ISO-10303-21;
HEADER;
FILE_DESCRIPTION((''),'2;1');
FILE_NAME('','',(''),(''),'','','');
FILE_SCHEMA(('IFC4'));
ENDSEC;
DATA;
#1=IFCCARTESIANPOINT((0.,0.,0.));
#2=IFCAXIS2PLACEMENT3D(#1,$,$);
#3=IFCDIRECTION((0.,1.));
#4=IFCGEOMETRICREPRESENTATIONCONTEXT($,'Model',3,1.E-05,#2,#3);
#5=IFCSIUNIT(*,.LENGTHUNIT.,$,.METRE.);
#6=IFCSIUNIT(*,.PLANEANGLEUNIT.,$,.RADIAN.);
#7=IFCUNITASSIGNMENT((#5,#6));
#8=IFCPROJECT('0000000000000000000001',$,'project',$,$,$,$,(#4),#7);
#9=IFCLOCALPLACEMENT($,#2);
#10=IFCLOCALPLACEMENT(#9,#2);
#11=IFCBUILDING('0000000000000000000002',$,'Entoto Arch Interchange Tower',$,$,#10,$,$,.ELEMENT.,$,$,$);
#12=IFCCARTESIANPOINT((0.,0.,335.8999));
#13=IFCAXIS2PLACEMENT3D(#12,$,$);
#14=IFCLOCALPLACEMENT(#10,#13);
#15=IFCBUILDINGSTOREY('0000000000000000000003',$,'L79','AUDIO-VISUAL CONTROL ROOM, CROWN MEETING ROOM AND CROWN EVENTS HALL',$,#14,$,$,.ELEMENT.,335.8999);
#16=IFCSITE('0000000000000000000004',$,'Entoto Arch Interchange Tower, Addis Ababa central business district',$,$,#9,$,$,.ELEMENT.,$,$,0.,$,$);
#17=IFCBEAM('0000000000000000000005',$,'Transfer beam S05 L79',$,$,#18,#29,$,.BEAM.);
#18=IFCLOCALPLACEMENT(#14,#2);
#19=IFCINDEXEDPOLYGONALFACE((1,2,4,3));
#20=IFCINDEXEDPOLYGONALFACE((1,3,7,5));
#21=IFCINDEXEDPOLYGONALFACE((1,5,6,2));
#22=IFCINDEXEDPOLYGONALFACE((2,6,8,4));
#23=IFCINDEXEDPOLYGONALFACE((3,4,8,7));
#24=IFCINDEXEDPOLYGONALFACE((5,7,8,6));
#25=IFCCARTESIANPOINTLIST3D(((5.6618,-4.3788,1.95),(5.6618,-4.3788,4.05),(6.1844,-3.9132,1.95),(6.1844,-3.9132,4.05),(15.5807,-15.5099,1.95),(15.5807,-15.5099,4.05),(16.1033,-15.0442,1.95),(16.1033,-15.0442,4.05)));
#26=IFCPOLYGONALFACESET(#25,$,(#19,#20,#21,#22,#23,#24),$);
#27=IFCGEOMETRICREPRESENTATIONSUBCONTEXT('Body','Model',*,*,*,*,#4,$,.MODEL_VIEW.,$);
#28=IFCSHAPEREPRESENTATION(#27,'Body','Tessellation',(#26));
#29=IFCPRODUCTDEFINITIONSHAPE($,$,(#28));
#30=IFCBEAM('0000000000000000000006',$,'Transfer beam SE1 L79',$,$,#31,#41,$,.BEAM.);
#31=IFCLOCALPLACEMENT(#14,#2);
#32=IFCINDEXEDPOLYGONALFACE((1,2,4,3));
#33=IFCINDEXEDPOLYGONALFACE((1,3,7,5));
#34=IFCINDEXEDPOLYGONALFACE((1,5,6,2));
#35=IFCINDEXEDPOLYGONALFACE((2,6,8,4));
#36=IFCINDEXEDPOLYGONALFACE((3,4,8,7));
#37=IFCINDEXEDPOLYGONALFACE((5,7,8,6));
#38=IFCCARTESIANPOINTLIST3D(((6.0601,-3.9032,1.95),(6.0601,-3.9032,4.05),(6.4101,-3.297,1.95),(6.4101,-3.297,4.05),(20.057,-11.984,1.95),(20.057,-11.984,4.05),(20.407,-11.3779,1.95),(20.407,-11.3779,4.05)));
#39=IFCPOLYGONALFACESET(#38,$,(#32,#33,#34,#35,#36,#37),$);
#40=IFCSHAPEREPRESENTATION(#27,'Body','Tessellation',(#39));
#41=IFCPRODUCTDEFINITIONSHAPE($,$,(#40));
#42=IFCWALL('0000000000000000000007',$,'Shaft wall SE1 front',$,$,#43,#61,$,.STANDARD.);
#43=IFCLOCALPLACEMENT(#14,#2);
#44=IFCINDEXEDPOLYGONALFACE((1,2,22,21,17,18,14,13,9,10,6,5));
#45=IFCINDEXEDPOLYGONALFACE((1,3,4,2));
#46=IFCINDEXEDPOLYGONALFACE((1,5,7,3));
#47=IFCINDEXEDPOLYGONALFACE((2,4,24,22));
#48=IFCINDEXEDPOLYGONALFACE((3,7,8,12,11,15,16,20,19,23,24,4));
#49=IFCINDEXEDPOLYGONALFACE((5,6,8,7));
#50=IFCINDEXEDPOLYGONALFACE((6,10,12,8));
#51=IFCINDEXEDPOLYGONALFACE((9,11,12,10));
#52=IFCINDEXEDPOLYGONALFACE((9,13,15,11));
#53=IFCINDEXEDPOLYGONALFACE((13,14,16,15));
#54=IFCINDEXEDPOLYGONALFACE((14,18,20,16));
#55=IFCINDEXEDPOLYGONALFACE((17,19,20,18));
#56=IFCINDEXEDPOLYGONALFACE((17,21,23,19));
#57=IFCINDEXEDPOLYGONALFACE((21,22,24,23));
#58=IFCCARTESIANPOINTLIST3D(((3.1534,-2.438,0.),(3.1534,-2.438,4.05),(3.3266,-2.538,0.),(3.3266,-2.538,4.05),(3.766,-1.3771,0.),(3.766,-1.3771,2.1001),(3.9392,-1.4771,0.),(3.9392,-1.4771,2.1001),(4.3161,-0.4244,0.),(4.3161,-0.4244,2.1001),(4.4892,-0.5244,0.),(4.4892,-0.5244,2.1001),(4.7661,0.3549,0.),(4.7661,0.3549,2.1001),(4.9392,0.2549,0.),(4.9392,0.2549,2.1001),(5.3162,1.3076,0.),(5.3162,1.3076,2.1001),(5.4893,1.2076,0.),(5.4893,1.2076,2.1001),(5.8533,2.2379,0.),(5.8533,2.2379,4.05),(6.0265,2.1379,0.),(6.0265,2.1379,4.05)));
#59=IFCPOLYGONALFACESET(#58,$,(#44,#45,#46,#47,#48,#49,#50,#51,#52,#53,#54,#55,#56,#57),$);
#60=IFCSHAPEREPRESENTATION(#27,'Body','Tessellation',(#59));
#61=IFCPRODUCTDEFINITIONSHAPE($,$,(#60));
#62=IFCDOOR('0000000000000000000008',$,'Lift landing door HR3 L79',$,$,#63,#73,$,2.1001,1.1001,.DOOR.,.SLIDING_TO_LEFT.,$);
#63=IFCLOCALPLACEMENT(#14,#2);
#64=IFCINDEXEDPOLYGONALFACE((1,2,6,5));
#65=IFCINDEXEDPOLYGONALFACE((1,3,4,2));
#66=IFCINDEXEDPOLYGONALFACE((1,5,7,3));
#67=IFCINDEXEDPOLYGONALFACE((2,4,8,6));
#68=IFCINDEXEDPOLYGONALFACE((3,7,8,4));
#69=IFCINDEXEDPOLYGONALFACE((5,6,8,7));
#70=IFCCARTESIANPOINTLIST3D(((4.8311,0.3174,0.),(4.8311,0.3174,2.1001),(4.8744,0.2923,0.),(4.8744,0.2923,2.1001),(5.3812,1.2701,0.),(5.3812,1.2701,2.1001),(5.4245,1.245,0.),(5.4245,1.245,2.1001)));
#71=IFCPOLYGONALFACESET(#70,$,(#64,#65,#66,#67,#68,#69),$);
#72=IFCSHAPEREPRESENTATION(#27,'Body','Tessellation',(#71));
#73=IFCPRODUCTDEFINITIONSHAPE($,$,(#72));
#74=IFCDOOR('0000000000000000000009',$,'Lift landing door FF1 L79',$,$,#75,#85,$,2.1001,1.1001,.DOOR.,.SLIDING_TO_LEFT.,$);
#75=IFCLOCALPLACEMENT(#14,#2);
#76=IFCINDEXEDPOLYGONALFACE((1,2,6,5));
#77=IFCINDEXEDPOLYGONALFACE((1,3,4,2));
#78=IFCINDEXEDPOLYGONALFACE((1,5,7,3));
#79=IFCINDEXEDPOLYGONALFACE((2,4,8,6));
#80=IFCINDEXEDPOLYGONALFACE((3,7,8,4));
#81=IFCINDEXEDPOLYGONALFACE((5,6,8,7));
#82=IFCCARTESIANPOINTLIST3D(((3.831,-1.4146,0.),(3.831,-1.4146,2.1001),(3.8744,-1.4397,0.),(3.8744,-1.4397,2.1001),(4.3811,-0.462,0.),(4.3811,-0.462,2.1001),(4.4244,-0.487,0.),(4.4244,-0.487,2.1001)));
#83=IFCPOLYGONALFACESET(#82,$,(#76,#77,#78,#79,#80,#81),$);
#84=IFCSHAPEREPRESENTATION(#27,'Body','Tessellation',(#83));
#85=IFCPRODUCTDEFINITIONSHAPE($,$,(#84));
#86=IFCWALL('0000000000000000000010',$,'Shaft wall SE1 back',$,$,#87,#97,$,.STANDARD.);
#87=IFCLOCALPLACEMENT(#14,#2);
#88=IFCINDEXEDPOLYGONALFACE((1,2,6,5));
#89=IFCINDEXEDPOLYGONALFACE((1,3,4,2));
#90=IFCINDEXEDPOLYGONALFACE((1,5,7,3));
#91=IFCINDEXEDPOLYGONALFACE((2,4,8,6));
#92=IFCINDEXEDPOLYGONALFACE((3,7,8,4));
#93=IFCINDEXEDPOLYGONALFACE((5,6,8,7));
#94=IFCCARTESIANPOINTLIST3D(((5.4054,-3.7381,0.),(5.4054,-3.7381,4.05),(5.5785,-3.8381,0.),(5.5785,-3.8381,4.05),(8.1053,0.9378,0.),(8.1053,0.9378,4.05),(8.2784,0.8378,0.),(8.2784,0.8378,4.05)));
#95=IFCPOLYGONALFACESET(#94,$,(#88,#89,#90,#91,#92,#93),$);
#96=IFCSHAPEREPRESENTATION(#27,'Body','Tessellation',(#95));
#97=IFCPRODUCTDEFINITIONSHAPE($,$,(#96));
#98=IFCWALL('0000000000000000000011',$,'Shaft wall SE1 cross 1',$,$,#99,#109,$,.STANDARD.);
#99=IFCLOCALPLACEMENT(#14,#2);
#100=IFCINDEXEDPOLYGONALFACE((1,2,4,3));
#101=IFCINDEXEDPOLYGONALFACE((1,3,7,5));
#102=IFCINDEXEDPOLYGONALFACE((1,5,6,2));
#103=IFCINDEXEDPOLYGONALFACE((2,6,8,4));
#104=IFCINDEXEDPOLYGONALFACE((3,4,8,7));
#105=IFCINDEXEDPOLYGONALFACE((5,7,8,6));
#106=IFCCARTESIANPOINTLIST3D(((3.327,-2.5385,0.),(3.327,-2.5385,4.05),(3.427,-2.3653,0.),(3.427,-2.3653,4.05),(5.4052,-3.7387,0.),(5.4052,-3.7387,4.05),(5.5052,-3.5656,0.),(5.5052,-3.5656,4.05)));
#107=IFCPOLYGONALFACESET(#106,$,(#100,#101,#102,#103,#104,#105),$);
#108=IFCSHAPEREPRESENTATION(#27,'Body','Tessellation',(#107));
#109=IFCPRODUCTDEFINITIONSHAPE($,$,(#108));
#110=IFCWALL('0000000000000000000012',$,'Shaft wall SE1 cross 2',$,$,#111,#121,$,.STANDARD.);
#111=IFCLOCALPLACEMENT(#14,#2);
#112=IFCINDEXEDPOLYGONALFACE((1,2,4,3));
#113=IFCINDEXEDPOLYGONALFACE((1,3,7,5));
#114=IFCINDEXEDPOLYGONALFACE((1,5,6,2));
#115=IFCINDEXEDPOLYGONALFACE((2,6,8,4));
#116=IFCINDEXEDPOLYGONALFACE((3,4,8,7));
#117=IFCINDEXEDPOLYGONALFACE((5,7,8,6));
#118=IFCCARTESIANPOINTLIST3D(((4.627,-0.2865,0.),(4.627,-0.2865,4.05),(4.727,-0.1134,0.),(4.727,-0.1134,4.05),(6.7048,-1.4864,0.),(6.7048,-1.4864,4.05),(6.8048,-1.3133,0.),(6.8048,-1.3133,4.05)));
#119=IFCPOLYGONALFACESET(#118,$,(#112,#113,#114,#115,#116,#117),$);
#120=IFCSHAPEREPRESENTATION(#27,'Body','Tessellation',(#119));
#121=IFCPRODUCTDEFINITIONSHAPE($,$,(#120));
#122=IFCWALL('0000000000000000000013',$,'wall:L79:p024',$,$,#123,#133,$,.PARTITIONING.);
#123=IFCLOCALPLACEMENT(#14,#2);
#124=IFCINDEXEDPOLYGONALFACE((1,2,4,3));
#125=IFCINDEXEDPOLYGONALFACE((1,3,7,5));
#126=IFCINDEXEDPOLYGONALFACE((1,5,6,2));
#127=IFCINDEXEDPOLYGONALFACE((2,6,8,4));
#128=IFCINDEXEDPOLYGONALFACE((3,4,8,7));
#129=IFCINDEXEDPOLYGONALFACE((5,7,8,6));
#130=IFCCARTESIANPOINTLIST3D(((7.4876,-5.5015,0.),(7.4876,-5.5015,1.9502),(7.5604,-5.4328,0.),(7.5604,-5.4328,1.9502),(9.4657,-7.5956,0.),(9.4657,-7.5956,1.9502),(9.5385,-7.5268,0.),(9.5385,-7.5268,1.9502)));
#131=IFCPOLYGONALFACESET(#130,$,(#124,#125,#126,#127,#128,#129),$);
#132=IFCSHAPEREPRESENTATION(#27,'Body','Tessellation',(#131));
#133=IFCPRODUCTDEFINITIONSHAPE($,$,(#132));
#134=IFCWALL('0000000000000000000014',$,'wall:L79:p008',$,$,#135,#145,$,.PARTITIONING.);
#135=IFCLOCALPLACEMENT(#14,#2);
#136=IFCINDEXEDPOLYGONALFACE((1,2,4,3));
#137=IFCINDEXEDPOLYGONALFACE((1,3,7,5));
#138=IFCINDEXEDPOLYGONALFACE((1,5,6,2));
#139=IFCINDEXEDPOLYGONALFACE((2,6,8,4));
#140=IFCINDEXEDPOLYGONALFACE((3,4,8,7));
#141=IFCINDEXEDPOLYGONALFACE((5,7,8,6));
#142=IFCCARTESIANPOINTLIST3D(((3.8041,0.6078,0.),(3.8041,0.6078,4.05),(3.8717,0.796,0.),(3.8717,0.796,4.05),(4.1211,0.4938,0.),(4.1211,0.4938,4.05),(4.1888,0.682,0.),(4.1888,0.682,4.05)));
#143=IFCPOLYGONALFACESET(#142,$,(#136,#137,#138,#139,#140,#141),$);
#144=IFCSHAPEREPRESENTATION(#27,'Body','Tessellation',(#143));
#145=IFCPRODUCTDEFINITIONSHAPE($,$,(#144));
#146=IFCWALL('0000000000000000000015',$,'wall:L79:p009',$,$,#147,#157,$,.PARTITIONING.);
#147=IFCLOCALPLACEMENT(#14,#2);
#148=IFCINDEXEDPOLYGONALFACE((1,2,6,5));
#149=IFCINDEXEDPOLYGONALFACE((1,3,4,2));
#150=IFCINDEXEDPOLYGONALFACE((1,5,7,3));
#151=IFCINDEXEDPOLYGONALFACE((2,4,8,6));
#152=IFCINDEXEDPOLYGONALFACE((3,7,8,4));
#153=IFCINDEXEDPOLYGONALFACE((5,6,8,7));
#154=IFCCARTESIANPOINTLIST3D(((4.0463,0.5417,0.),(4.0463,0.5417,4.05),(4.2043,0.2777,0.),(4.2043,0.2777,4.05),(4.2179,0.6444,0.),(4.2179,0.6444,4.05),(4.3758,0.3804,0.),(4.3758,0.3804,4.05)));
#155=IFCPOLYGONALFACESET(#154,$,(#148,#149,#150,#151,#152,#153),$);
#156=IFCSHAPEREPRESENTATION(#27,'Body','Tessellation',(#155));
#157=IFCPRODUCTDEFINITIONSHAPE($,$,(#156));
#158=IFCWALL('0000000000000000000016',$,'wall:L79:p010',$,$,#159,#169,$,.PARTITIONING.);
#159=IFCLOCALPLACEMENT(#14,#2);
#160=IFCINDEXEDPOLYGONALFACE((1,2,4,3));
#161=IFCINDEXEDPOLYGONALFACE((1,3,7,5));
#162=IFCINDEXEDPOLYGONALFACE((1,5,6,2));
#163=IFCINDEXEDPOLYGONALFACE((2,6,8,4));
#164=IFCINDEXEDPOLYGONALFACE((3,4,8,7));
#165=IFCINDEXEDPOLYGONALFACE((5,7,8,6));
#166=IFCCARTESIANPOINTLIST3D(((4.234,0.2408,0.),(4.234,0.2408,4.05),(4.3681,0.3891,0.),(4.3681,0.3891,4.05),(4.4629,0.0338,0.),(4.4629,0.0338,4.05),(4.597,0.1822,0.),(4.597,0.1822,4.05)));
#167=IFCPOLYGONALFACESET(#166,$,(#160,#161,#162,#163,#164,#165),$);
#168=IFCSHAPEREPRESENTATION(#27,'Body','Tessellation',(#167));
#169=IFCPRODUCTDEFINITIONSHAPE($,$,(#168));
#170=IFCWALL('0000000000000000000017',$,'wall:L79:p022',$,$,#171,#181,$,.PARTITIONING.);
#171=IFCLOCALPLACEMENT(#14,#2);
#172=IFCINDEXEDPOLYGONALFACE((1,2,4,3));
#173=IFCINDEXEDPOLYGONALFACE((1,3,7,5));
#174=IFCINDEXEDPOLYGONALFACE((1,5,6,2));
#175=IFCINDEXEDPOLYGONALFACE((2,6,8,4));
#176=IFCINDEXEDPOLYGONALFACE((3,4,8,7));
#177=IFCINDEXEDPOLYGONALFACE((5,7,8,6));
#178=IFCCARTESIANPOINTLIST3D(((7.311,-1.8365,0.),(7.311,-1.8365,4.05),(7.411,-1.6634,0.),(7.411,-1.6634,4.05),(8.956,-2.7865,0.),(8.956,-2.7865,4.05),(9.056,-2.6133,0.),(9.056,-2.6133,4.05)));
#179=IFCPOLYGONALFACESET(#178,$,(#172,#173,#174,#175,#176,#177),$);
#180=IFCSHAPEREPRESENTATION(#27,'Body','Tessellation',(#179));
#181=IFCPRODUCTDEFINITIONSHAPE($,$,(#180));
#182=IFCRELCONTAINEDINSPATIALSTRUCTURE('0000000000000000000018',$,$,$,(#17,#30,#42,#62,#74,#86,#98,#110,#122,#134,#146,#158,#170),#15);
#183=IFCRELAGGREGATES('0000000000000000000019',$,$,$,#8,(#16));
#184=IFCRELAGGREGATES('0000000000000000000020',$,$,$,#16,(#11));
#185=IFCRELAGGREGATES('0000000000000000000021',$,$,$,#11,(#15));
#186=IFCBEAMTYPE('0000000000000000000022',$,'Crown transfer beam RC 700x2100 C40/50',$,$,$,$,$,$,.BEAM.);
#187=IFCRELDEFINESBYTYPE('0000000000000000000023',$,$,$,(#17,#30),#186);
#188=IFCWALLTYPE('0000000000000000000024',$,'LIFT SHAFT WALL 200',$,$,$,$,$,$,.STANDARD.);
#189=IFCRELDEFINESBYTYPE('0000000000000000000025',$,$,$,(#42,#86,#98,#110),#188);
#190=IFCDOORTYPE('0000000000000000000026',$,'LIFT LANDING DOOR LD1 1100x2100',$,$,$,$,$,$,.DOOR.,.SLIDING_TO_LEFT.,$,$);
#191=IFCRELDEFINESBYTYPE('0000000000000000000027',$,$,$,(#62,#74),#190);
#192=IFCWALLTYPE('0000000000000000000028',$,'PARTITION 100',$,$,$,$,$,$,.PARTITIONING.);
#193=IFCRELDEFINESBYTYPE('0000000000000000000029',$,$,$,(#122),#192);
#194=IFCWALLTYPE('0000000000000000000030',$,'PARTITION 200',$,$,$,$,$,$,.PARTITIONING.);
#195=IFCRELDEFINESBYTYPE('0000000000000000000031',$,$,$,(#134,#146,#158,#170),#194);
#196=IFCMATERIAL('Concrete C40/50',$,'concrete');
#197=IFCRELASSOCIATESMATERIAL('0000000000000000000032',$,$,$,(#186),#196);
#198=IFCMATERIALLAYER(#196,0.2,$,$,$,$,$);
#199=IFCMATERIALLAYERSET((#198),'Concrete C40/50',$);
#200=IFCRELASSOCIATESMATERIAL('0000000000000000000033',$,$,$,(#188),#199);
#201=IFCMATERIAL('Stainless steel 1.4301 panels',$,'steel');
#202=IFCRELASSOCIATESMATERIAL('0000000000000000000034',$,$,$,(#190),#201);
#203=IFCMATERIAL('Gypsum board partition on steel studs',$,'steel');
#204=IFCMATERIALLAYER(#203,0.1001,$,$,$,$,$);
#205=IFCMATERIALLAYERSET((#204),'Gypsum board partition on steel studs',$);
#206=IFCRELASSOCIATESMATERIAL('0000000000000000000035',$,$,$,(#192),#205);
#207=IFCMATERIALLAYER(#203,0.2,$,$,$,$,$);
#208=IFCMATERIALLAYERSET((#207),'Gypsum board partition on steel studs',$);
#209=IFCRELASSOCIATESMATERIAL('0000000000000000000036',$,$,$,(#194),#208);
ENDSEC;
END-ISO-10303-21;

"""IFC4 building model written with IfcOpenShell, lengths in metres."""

from ifc_helpers import new_model, si_unit, direction, frame, frame_2d, origin, origin_2d, place, context, subcontext, project, spatial, rectangle, extrude, material, layer, layer_set, material_profile, profile_set, type_object, element, fill, save


model = new_model("IFC4")

# Units and contexts
model_context = context("Model", 3, precision=1e-05, world=origin(), true_north=direction((0.0, 1.0)))
body_context = subcontext(model_context, "Body", "Model", "MODEL_VIEW")
ifc_project = project(units=[si_unit("LENGTHUNIT", "METRE"), si_unit("PLANEANGLEUNIT", "RADIAN")], contexts=[model_context])

# Site, building, storey
site_placement = place(None, origin())
site = spatial("IfcSite", under=ifc_project, at=site_placement, Name="Entoto Arch Interchange Tower, Addis Ababa central business district", CompositionType="ELEMENT", RefElevation=0.0)
building_placement = place(site_placement, origin())
building = spatial("IfcBuilding", under=site, at=building_placement, Name="Entoto Arch Interchange Tower", CompositionType="ELEMENT")
storey_placement = place(building_placement, frame((0.0, 0.0, 335.8999)))
storey = spatial("IfcBuildingStorey", under=building, at=storey_placement, Name="L79", Description="AUDIO-VISUAL CONTROL ROOM, CROWN MEETING ROOM AND CROWN EVENTS HALL", CompositionType="ELEMENT", Elevation=335.8999)

# Beams
ifc_material_1 = material(Name="Concrete C40/50", Category="concrete")
ifc_material_profile = material_profile(ifc_material_1, rectangle(XDim=0.7, YDim=2.1001, at=origin_2d()))
ifc_profile_set = profile_set([ifc_material_profile], Name="Concrete C40/50")
beam_type = type_object("IfcBeamType", Name="Crown transfer beam RC 700x2100 C40/50", PredefinedType="BEAM", material=ifc_profile_set)
beam_1_placement = place(storey_placement, frame((5.9231, -4.146, 3.0), z_axis=(0.665286, -0.746588, 0.0), x_axis=(0.746588, 0.665286, 0.0)))
element("IfcBeam", 1, at=beam_1_placement, inside=storey, type_object=beam_type, Name="Transfer beam S05 L79", PredefinedType="BEAM", context=body_context, shape_type="SweptSolid", body=[
    extrude(rectangle(XDim=0.7, YDim=2.1001, at=origin_2d()), origin(), (0.0, 0.0, 1.0), 14.9092),
])
beam_2_placement = place(storey_placement, frame((6.2351, -3.6001, 3.0), z_axis=(0.866032, -0.499988, 0.0), x_axis=(0.499988, 0.866032, 0.0)))
element("IfcBeam", 2, at=beam_2_placement, inside=storey, type_object=beam_type, Name="Transfer beam SE1 L79", PredefinedType="BEAM", context=body_context, shape_type="SweptSolid", body=[
    extrude(rectangle(XDim=0.7, YDim=2.1001, at=origin_2d()), origin(), (0.0, 0.0, 1.0), 16.1621),
])

# Wall, openings, doors
ifc_layer_1 = layer(ifc_material_1, 0.2)
ifc_layer_set_1 = layer_set([ifc_layer_1], Name="Concrete C40/50")
wall_type_1 = type_object("IfcWallType", Name="LIFT SHAFT WALL 200", PredefinedType="STANDARD", material=ifc_layer_set_1)
wall_1_placement = place(storey_placement, frame((3.24, -2.488, 0.0), z_axis=(0.0, 0.0, 1.0), x_axis=(0.500034, 0.866006, 0.0)))
wall_1 = element("IfcWall", 3, at=wall_1_placement, inside=storey, type_object=wall_type_1, Name="Shaft wall SE1 front", PredefinedType="STANDARD", context=body_context, shape_type="SweptSolid", body=[
    extrude(rectangle(XDim=5.3994, YDim=0.2, at=frame_2d((2.6997, 0.0))), origin(), (0.0, 0.0, 1.0), 4.05),
])
opening_1_placement = place(wall_1_placement, frame((3.2251, 0.0, 0.0)))
opening_1 = element("IfcOpeningElement", 4, at=opening_1_placement, cuts=wall_1, PredefinedType="OPENING", context=body_context, shape_type="SweptSolid", body=[
    extrude(rectangle(XDim=1.1001, YDim=2.1001, at=frame_2d((0.55, 1.05))), frame((0.0, 0.1099, 0.0), z_axis=(0.0, -1.0, 0.0), x_axis=(1.0, 0.0, 0.0)), (0.0, 0.0, 1.0), 0.22),
])
opening_2_placement = place(wall_1_placement, frame((1.2251, 0.0, 0.0)))
opening_2 = element("IfcOpeningElement", 5, at=opening_2_placement, cuts=wall_1, PredefinedType="OPENING", context=body_context, shape_type="SweptSolid", body=[
    extrude(rectangle(XDim=1.1001, YDim=2.1001, at=frame_2d((0.55, 1.05))), frame((0.0, 0.1099, 0.0), z_axis=(0.0, -1.0, 0.0), x_axis=(1.0, 0.0, 0.0)), (0.0, 0.0, 1.0), 0.22),
])
ifc_material_2 = material(Name="Stainless steel 1.4301 panels", Category="steel")
door_type = type_object("IfcDoorType", Name="LIFT LANDING DOOR LD1 1100x2100", OperationType="SLIDING_TO_LEFT", PredefinedType="DOOR", material=ifc_material_2)
door_1_placement = place(opening_1_placement, origin())
door_1 = element("IfcDoor", 6, at=door_1_placement, inside=storey, type_object=door_type, Name="Lift landing door HR3 L79", OperationType="SLIDING_TO_LEFT", OverallHeight=2.1001, OverallWidth=1.1001, PredefinedType="DOOR", context=body_context, shape_type="SweptSolid", body=[
    extrude(rectangle(XDim=1.1001, YDim=2.1001, at=frame_2d((0.55, 1.05))), frame((0.0, 0.0249, 0.0), z_axis=(0.0, -1.0, 0.0), x_axis=(1.0, 0.0, 0.0)), (0.0, 0.0, 1.0), 0.05),
])
fill(opening_1, door_1)
door_2_placement = place(opening_2_placement, origin())
door_2 = element("IfcDoor", 7, at=door_2_placement, inside=storey, type_object=door_type, Name="Lift landing door FF1 L79", OperationType="SLIDING_TO_LEFT", OverallHeight=2.1001, OverallWidth=1.1001, PredefinedType="DOOR", context=body_context, shape_type="SweptSolid", body=[
    extrude(rectangle(XDim=1.1001, YDim=2.1001, at=frame_2d((0.55, 1.05))), frame((0.0, 0.0249, 0.0), z_axis=(0.0, -1.0, 0.0), x_axis=(1.0, 0.0, 0.0)), (0.0, 0.0, 1.0), 0.05),
])
fill(opening_2, door_2)

# Walls
wall_2_placement = place(storey_placement, frame((5.4919, -3.7881, 0.0), z_axis=(0.0, 0.0, 1.0), x_axis=(0.500034, 0.866006, 0.0)))
element("IfcWall", 8, at=wall_2_placement, inside=storey, type_object=wall_type_1, Name="Shaft wall SE1 back", PredefinedType="STANDARD", context=body_context, shape_type="SweptSolid", body=[
    extrude(rectangle(XDim=5.3994, YDim=0.2, at=frame_2d((2.6997, 0.0))), origin(), (0.0, 0.0, 1.0), 4.05),
])
wall_3_placement = place(storey_placement, frame((3.377, -2.4519, 0.0), z_axis=(0.0, 0.0, 1.0), x_axis=(0.865955, -0.500122, 0.0)))
element("IfcWall", 9, at=wall_3_placement, inside=storey, type_object=wall_type_1, Name="Shaft wall SE1 cross 1", PredefinedType="STANDARD", context=body_context, shape_type="SweptSolid", body=[
    extrude(rectangle(XDim=2.3999, YDim=0.2, at=frame_2d((1.2, 0.0))), origin(), (0.0, 0.0, 1.0), 4.05),
])
wall_4_placement = place(storey_placement, frame((4.677, -0.2, 0.0), z_axis=(0.0, 0.0, 1.0), x_axis=(0.865974, -0.500089, 0.0)))
element("IfcWall", 10, at=wall_4_placement, inside=storey, type_object=wall_type_1, Name="Shaft wall SE1 cross 2", PredefinedType="STANDARD", context=body_context, shape_type="SweptSolid", body=[
    extrude(rectangle(XDim=2.3994, YDim=0.2, at=frame_2d((1.1997, 0.0))), origin(), (0.0, 0.0, 1.0), 4.05),
])
ifc_material_3 = material(Name="Gypsum board partition on steel studs", Category="steel")
ifc_layer_2 = layer(ifc_material_3, 0.1001)
ifc_layer_set_2 = layer_set([ifc_layer_2], Name="Gypsum board partition on steel studs")
wall_type_2 = type_object("IfcWallType", Name="PARTITION 100", PredefinedType="PARTITIONING", material=ifc_layer_set_2)
wall_5_placement = place(storey_placement, frame((7.5239, -5.467, 0.0), z_axis=(0.0, 0.0, 1.0), x_axis=(0.686691, -0.72695, 0.0)))
element("IfcWall", 11, at=wall_5_placement, inside=storey, type_object=wall_type_2, Name="wall:L79:p024", PredefinedType="PARTITIONING", context=body_context, shape_type="SweptSolid", body=[
    extrude(rectangle(XDim=2.8806, YDim=0.1001, at=frame_2d((1.4404, 0.0))), origin(), (0.0, 0.0, 1.0), 1.9502),
])
ifc_layer_3 = layer(ifc_material_3, 0.2)
ifc_layer_set_3 = layer_set([ifc_layer_3], Name="Gypsum board partition on steel studs")
wall_type_3 = type_object("IfcWallType", Name="PARTITION 200", PredefinedType="PARTITIONING", material=ifc_layer_set_3)
wall_6_placement = place(storey_placement, frame((3.8379, 0.7019, 0.0), z_axis=(0.0, 0.0, 1.0), x_axis=(0.941035, -0.338309, 0.0)))
element("IfcWall", 12, at=wall_6_placement, inside=storey, type_object=wall_type_3, Name="wall:L79:p008", PredefinedType="PARTITIONING", context=body_context, shape_type="SweptSolid", body=[
    extrude(rectangle(XDim=0.3369, YDim=0.2, at=frame_2d((0.1685, 0.0))), origin(), (0.0, 0.0, 1.0), 4.05),
])
wall_7_placement = place(storey_placement, frame((4.1321, 0.593, 0.0), z_axis=(0.0, 0.0, 1.0), x_axis=(0.513562, -0.858053, 0.0)))
element("IfcWall", 13, at=wall_7_placement, inside=storey, type_object=wall_type_3, Name="wall:L79:p009", PredefinedType="PARTITIONING", context=body_context, shape_type="SweptSolid", body=[
    extrude(rectangle(XDim=0.3076, YDim=0.2, at=frame_2d((0.1538, 0.0))), origin(), (0.0, 0.0, 1.0), 4.05),
])
wall_8_placement = place(storey_placement, frame((4.301, 0.3149, 0.0), z_axis=(0.0, 0.0, 1.0), x_axis=(0.741798, -0.670623, 0.0)))
element("IfcWall", 14, at=wall_8_placement, inside=storey, type_object=wall_type_3, Name="wall:L79:p010", PredefinedType="PARTITIONING", context=body_context, shape_type="SweptSolid", body=[
    extrude(rectangle(XDim=0.3086, YDim=0.2, at=frame_2d((0.1543, 0.0))), origin(), (0.0, 0.0, 1.0), 4.05),
])
wall_9_placement = place(storey_placement, frame((7.3611, -1.75, 0.0), z_axis=(0.0, 0.0, 1.0), x_axis=(0.86598, -0.500078, 0.0)))
element("IfcWall", 15, at=wall_9_placement, inside=storey, type_object=wall_type_3, Name="wall:L79:p022", PredefinedType="PARTITIONING", context=body_context, shape_type="SweptSolid", body=[
    extrude(rectangle(XDim=1.8997, YDim=0.2, at=frame_2d((0.9497, 0.0))), origin(), (0.0, 0.0, 1.0), 4.05),
])

save(model, "model.ifc")
